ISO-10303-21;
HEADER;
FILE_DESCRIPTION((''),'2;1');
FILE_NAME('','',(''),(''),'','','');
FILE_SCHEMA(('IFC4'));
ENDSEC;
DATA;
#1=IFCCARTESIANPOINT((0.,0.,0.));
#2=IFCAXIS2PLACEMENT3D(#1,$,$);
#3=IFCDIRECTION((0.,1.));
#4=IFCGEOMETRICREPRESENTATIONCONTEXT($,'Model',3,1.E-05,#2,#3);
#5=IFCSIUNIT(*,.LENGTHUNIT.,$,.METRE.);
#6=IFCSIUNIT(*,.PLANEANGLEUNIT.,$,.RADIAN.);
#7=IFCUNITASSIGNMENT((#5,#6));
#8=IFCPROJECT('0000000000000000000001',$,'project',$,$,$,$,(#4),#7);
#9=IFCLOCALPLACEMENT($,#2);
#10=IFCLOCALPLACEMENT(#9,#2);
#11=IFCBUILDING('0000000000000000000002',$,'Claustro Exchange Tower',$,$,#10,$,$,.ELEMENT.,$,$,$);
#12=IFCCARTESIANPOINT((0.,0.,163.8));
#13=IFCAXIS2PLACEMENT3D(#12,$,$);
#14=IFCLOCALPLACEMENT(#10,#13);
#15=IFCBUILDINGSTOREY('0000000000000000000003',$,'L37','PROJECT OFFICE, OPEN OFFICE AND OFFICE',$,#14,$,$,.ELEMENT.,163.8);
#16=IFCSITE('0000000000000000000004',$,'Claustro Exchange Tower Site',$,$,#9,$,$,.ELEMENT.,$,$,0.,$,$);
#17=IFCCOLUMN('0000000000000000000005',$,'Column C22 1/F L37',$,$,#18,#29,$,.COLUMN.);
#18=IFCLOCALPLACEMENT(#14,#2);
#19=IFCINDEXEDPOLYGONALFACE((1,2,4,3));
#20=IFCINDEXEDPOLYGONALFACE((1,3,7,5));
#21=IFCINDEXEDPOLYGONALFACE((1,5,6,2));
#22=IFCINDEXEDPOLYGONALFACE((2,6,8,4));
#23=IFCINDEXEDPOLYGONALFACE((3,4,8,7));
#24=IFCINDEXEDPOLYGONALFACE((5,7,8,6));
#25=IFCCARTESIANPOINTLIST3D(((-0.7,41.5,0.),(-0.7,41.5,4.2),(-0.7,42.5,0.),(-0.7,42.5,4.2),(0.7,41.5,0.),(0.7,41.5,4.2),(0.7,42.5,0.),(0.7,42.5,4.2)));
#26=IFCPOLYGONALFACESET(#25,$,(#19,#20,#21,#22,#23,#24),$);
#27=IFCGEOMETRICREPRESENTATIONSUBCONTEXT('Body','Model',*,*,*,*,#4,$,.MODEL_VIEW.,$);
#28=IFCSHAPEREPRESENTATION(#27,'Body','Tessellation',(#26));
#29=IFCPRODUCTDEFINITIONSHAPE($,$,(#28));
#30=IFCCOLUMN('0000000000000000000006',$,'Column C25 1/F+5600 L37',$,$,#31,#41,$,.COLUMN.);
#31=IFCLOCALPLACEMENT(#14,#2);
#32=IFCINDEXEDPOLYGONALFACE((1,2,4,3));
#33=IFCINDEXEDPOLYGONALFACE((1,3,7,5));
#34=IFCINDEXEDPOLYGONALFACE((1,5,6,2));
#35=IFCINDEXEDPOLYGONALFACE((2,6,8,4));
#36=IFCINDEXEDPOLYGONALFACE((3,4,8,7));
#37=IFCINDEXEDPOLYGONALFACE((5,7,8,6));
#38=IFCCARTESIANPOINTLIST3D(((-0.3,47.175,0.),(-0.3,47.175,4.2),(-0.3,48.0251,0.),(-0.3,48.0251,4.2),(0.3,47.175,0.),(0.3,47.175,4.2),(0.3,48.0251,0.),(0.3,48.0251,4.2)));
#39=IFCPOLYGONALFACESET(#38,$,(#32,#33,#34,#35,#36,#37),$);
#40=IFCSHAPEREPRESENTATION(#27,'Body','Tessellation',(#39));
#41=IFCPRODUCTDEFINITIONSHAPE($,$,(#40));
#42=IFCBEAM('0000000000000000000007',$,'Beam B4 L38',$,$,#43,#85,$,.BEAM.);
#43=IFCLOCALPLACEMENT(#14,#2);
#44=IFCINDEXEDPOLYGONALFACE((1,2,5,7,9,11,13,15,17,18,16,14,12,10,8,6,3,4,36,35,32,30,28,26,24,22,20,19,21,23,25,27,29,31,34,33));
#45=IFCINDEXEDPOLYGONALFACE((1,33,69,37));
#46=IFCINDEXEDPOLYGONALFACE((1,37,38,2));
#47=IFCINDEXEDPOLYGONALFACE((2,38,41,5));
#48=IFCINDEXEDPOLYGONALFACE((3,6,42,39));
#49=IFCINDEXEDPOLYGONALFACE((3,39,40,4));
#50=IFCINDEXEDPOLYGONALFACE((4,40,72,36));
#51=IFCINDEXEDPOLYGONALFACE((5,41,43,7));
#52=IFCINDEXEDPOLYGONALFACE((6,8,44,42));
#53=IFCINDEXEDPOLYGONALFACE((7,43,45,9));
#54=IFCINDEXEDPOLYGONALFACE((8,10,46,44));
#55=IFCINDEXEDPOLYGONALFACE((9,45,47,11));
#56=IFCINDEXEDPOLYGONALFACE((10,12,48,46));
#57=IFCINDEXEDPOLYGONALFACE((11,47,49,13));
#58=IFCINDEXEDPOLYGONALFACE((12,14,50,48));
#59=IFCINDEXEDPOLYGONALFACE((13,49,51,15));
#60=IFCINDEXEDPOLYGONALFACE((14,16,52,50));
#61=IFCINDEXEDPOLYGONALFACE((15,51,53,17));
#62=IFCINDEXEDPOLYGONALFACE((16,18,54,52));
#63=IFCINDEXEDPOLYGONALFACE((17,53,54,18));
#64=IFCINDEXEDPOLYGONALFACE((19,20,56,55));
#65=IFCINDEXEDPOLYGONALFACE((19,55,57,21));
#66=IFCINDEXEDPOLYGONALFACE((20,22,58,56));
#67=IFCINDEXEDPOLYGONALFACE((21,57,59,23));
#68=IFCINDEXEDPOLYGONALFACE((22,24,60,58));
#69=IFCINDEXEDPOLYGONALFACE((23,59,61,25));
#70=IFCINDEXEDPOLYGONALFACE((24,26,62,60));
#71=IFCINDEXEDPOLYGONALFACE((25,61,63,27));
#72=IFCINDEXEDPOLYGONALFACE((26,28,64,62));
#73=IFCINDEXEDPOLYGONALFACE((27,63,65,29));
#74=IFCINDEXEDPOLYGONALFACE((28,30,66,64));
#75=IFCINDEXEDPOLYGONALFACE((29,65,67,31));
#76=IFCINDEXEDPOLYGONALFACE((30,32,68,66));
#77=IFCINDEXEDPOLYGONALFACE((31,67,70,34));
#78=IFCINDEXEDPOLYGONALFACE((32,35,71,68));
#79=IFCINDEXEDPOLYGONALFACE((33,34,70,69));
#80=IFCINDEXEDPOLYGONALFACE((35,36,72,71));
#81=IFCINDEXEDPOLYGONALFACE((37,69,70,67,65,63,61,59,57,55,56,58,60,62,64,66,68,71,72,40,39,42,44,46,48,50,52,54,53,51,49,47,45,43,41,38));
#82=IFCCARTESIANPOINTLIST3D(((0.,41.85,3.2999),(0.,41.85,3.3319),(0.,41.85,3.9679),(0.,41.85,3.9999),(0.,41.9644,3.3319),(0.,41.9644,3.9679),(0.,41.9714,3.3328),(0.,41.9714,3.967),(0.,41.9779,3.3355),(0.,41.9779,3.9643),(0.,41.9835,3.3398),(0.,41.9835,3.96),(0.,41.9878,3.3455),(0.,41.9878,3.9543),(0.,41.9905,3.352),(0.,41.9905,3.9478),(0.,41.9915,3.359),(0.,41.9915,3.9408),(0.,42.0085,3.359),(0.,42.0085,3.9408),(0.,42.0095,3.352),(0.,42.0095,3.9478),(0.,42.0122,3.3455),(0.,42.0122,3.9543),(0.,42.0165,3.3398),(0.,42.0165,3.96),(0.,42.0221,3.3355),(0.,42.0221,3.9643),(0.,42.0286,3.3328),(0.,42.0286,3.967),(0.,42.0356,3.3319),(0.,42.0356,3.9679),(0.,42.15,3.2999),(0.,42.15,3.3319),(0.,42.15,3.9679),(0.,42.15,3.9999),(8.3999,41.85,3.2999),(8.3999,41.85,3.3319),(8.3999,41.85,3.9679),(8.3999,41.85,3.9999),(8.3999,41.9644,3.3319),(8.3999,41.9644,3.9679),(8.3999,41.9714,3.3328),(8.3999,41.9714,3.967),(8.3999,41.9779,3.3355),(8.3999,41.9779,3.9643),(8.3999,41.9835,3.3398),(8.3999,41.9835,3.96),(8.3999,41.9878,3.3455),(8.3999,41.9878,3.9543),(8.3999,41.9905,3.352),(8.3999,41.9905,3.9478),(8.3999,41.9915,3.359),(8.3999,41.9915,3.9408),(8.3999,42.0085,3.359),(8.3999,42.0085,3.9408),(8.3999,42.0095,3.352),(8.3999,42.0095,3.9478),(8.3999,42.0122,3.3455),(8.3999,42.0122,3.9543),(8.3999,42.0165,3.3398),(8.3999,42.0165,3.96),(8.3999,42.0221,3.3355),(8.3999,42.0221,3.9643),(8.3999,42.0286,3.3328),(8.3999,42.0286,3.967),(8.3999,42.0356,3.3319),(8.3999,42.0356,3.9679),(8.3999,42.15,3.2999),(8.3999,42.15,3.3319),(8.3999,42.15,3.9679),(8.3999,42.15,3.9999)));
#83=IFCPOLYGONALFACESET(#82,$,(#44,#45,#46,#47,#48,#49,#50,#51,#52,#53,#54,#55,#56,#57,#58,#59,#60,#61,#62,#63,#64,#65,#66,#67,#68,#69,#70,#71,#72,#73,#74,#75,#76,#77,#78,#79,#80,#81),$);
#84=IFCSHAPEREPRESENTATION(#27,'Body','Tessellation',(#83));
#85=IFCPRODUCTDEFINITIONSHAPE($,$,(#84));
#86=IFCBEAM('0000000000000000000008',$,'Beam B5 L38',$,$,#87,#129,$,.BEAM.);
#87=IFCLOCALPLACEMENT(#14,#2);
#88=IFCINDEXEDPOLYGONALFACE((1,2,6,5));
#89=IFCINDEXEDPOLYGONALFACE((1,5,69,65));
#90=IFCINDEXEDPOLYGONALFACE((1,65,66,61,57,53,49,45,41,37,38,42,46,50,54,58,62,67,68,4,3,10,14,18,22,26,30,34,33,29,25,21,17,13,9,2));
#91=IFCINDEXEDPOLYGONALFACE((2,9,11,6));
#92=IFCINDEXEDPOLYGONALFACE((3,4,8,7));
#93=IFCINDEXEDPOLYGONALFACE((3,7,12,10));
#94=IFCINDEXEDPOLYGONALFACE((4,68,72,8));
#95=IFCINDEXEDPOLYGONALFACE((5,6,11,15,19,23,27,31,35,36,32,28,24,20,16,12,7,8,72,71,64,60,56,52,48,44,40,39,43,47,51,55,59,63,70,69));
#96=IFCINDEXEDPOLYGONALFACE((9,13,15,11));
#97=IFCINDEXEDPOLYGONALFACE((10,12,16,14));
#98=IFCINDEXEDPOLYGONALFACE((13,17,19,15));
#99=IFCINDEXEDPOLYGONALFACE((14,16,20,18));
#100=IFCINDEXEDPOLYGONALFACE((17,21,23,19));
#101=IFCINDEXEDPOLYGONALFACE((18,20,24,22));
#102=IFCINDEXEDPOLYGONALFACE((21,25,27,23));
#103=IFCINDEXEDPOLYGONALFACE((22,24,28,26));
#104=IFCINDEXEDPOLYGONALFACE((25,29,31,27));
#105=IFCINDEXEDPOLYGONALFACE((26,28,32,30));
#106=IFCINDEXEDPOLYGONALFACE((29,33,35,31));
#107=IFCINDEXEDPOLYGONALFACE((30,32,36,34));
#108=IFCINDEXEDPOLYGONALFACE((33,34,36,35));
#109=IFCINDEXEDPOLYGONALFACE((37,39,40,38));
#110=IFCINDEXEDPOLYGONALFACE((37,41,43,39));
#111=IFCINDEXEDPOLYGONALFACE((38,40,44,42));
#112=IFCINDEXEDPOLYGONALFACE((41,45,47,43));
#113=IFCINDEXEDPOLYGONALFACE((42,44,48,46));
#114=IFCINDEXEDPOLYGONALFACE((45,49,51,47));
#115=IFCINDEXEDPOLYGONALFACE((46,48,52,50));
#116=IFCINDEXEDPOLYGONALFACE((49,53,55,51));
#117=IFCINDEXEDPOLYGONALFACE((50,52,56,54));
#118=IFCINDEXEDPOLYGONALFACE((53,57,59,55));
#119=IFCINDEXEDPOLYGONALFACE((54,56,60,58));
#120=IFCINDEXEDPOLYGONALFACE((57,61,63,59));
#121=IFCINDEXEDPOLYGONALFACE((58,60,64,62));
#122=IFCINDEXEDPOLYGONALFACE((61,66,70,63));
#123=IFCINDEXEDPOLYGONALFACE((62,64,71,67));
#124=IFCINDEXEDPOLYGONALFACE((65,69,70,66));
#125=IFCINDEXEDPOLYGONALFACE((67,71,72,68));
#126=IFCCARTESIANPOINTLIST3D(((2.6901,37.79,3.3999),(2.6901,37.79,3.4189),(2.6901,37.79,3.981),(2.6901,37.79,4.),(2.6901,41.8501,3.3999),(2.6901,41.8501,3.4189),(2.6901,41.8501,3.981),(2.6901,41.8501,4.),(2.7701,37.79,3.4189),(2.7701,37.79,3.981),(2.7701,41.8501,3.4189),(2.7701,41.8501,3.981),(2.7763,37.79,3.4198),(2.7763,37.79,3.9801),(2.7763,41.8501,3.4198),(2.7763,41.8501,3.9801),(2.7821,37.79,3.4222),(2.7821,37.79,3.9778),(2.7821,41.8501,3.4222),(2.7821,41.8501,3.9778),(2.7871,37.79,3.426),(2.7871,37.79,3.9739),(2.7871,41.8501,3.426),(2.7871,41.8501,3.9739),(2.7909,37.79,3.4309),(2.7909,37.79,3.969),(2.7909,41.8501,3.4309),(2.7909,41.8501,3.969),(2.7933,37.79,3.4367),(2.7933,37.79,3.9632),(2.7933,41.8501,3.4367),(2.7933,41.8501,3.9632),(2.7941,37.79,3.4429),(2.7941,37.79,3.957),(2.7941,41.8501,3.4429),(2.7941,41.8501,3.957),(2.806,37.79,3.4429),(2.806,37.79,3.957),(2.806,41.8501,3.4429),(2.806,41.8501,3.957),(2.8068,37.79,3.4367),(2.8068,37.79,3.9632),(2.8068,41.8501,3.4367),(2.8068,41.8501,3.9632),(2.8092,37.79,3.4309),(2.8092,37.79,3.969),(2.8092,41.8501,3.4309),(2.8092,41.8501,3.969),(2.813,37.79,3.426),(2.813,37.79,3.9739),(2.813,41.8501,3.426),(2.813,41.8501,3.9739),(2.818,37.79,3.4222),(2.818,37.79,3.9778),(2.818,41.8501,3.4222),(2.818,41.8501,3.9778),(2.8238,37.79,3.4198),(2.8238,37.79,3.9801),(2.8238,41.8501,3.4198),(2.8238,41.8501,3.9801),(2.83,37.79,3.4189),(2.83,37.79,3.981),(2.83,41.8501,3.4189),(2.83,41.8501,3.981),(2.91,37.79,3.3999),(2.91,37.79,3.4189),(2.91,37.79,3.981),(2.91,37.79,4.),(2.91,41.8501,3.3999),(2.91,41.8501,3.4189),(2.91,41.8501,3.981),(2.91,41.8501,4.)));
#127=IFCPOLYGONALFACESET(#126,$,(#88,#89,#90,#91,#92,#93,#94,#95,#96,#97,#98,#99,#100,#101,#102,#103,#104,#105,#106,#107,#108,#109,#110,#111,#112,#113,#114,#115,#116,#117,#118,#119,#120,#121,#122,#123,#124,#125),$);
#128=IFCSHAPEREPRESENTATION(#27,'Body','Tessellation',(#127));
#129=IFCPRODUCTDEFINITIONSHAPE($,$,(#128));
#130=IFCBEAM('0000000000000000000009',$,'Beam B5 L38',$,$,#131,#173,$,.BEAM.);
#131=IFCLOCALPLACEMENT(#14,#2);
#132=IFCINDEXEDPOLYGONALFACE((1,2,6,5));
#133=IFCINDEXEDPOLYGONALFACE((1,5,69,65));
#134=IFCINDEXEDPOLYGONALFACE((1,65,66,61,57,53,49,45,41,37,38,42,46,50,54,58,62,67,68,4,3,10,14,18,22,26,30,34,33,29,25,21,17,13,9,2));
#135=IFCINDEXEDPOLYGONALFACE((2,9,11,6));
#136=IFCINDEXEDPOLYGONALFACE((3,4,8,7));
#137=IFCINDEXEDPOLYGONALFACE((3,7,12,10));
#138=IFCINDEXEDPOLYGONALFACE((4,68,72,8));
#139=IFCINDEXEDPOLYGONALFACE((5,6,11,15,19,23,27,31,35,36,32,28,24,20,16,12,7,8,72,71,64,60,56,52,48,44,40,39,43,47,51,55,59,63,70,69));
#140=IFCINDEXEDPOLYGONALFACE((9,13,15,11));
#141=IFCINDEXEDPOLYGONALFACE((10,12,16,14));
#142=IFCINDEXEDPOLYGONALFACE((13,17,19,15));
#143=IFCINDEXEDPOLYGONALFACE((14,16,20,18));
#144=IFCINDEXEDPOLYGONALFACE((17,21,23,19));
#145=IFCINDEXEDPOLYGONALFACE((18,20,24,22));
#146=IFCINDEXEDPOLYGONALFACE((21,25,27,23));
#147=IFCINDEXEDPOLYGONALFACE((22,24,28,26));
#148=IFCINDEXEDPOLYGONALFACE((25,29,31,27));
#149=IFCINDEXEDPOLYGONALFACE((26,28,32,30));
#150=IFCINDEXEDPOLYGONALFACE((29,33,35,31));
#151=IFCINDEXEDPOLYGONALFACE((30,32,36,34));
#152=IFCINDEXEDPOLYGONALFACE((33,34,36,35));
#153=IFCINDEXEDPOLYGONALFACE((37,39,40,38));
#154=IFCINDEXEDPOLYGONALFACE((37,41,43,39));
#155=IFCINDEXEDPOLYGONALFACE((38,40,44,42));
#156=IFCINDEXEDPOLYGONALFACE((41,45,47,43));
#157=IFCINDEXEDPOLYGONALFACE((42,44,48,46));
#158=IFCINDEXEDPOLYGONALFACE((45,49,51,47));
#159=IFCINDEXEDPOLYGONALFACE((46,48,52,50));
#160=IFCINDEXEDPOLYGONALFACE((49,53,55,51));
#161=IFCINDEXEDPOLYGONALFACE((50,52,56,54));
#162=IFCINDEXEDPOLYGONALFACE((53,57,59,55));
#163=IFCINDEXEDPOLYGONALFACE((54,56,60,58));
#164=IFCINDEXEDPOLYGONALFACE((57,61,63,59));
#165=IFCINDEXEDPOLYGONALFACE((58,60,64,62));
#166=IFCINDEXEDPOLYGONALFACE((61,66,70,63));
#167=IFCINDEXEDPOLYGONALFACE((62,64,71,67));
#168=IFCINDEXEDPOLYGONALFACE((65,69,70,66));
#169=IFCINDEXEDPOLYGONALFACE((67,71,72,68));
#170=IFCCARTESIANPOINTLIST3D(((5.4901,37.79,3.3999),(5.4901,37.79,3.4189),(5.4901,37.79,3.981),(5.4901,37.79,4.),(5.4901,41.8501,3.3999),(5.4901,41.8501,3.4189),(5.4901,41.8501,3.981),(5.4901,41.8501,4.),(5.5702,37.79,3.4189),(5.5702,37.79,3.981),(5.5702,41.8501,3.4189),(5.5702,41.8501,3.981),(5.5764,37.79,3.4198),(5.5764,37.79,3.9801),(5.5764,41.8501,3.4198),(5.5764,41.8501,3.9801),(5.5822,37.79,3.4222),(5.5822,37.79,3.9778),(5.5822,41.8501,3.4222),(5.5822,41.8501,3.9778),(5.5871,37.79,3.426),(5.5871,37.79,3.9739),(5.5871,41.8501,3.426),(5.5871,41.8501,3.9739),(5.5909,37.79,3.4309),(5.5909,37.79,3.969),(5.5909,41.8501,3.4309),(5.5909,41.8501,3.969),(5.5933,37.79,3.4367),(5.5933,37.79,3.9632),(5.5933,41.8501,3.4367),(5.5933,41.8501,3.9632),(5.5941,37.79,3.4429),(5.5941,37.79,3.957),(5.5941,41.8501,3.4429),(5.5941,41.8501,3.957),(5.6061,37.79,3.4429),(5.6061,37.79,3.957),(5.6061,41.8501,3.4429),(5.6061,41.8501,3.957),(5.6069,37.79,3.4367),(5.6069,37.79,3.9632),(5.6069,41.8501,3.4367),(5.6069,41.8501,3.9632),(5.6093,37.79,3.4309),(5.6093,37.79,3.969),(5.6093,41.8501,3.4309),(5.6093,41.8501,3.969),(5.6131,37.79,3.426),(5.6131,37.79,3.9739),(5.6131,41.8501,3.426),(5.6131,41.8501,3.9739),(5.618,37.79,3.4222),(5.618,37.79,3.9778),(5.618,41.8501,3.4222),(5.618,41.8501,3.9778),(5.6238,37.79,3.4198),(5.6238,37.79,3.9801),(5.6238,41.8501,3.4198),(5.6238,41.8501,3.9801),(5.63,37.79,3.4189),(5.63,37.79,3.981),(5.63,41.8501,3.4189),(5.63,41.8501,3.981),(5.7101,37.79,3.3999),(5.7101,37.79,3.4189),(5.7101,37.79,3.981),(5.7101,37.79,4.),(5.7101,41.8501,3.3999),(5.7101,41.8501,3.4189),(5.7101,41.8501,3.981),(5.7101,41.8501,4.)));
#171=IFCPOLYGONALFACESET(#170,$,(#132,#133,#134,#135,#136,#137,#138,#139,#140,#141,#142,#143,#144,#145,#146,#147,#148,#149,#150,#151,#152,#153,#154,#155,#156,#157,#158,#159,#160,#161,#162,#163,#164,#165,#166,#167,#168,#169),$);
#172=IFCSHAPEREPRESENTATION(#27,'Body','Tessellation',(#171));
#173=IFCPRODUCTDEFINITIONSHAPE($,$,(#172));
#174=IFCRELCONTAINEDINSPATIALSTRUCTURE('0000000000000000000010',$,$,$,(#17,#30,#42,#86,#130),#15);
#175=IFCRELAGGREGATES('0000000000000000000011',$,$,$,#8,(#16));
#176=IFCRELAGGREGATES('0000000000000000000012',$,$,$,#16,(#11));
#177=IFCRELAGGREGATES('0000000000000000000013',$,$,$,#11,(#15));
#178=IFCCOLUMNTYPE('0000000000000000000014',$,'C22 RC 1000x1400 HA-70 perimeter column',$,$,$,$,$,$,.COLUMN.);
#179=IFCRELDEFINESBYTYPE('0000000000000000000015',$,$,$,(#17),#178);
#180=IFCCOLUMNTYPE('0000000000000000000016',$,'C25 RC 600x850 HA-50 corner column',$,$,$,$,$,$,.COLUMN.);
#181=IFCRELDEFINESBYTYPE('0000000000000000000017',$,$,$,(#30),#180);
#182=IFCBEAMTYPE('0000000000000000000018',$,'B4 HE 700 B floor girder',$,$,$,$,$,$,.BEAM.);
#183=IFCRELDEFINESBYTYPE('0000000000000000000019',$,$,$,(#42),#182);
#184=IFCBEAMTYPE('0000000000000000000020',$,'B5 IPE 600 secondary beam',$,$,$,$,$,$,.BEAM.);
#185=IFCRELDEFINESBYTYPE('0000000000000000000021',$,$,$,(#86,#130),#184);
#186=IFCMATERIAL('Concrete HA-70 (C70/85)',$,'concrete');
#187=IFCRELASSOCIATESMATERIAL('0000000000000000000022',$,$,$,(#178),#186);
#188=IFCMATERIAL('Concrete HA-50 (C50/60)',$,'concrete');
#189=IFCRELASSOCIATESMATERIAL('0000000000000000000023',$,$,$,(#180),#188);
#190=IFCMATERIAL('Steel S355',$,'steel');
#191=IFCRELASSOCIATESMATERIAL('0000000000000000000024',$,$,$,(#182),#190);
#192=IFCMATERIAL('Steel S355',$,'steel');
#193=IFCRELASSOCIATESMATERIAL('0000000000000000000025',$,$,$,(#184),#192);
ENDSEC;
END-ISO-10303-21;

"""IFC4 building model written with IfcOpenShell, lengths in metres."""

from ifc_helpers import new_model, si_unit, direction, frame, origin, origin_2d, place, context, subcontext, project, spatial, rectangle, i_section, extrude, material, material_profile, profile_set, type_object, element, save


model = new_model("IFC4")

# Units and contexts
model_context = context("Model", 3, precision=1e-05, world=origin(), true_north=direction((0.0, 1.0)))
body_context = subcontext(model_context, "Body", "Model", "MODEL_VIEW")
ifc_project = project(units=[si_unit("LENGTHUNIT", "METRE"), si_unit("PLANEANGLEUNIT", "RADIAN")], contexts=[model_context])

# Site, building, storey
site_placement = place(None, origin())
site = spatial("IfcSite", under=ifc_project, at=site_placement, Name="Claustro Exchange Tower Site", CompositionType="ELEMENT", RefElevation=0.0)
building_placement = place(site_placement, origin())
building = spatial("IfcBuilding", under=site, at=building_placement, Name="Claustro Exchange Tower", CompositionType="ELEMENT")
storey_placement = place(building_placement, frame((0.0, 0.0, 163.8)))
storey = spatial("IfcBuildingStorey", under=building, at=storey_placement, Name="L37", Description="PROJECT OFFICE, OPEN OFFICE AND OFFICE", CompositionType="ELEMENT", Elevation=163.8)

# Columns
ifc_material_1 = material(Name="Concrete HA-70 (C70/85)", Category="concrete")
ifc_material_profile_1 = material_profile(ifc_material_1, rectangle(XDim=1.0, YDim=1.3999, at=origin_2d()), Name="RC 1000x1400")
ifc_profile_set_1 = profile_set([ifc_material_profile_1], Name="Concrete HA-70 (C70/85)")
column_type_1 = type_object("IfcColumnType", Name="C22 RC 1000x1400 HA-70 perimeter column", PredefinedType="COLUMN", material=ifc_profile_set_1)
column_1_placement = place(storey_placement, frame((0.0, 42.0, 0.0), z_axis=(0.0, 0.0, 1.0), x_axis=(0.0, 1.0, 0.0)))
element("IfcColumn", 1, at=column_1_placement, inside=storey, type_object=column_type_1, Name="Column C22 1/F L37", PredefinedType="COLUMN", context=body_context, shape_type="SweptSolid", body=[
    extrude(rectangle(XDim=1.0, YDim=1.3999, at=origin_2d()), origin(), (0.0, 0.0, 1.0), 4.2),
])
ifc_material_2 = material(Name="Concrete HA-50 (C50/60)", Category="concrete")
ifc_material_profile_2 = material_profile(ifc_material_2, rectangle(XDim=0.6001, YDim=0.8501, at=origin_2d()), Name="RC 600x850")
ifc_profile_set_2 = profile_set([ifc_material_profile_2], Name="Concrete HA-50 (C50/60)")
column_type_2 = type_object("IfcColumnType", Name="C25 RC 600x850 HA-50 corner column", PredefinedType="COLUMN", material=ifc_profile_set_2)
column_2_placement = place(storey_placement, frame((0.0, 47.6001, 0.0), z_axis=(0.0, 0.0, 1.0), x_axis=(1.0, 0.0, 0.0)))
element("IfcColumn", 2, at=column_2_placement, inside=storey, type_object=column_type_2, Name="Column C25 1/F+5600 L37", PredefinedType="COLUMN", context=body_context, shape_type="SweptSolid", body=[
    extrude(rectangle(XDim=0.6001, YDim=0.8501, at=origin_2d()), origin(), (0.0, 0.0, 1.0), 4.2),
])

# Beams
ifc_material_3 = material(Name="Steel S355", Category="steel")
ifc_material_profile_3 = material_profile(ifc_material_3, i_section(OverallWidth=0.3, OverallDepth=0.7, WebThickness=0.0171, FlangeThickness=0.032, FilletRadius=0.0271, at=origin_2d()), Name="HE 700 B")
ifc_profile_set_3 = profile_set([ifc_material_profile_3], Name="Steel S355")
beam_type_1 = type_object("IfcBeamType", Name="B4 HE 700 B floor girder", PredefinedType="BEAM", material=ifc_profile_set_3)
beam_1_placement = place(storey_placement, frame((0.0, 42.0, 3.6499), z_axis=(1.0, 0.0, 0.0), x_axis=(0.0, 1.0, 0.0)))
element("IfcBeam", 3, at=beam_1_placement, inside=storey, type_object=beam_type_1, Name="Beam B4 L38", PredefinedType="BEAM", context=body_context, shape_type="SweptSolid", body=[
    extrude(i_section(OverallWidth=0.3, OverallDepth=0.7, WebThickness=0.0171, FlangeThickness=0.032, FilletRadius=0.0271, at=origin_2d()), origin(), (0.0, 0.0, 1.0), 8.3999),
])
ifc_material_4 = material(Name="Steel S355", Category="steel")
ifc_material_profile_4 = material_profile(ifc_material_4, i_section(OverallWidth=0.22, OverallDepth=0.6001, WebThickness=0.012, FlangeThickness=0.019, FilletRadius=0.0239, at=origin_2d()), Name="IPE 600")
ifc_profile_set_4 = profile_set([ifc_material_profile_4], Name="Steel S355")
beam_type_2 = type_object("IfcBeamType", Name="B5 IPE 600 secondary beam", PredefinedType="BEAM", material=ifc_profile_set_4)
for number, where, z_axis, x_axis, name in (
    (4, (2.8, 37.79, 3.7), (0.0, 1.0, 0.0), (-1.0, 0.0, 0.0), "Beam B5 L38"),
    (5, (5.6001, 37.79, 3.7), (0.0, 1.0, 0.0), (-1.0, 0.0, 0.0), "Beam B5 L38"),
):
    element("IfcBeam", number, at=place(storey_placement, frame(where, z_axis=z_axis, x_axis=x_axis)), inside=storey, type_object=beam_type_2, Name=name, PredefinedType="BEAM", context=body_context, shape_type="SweptSolid", body=[
        extrude(i_section(OverallWidth=0.22, OverallDepth=0.6001, WebThickness=0.012, FlangeThickness=0.019, FilletRadius=0.0239, at=origin_2d()), origin(), (0.0, 0.0, 1.0), 4.0601),
    ])

save(model, "model.ifc")
